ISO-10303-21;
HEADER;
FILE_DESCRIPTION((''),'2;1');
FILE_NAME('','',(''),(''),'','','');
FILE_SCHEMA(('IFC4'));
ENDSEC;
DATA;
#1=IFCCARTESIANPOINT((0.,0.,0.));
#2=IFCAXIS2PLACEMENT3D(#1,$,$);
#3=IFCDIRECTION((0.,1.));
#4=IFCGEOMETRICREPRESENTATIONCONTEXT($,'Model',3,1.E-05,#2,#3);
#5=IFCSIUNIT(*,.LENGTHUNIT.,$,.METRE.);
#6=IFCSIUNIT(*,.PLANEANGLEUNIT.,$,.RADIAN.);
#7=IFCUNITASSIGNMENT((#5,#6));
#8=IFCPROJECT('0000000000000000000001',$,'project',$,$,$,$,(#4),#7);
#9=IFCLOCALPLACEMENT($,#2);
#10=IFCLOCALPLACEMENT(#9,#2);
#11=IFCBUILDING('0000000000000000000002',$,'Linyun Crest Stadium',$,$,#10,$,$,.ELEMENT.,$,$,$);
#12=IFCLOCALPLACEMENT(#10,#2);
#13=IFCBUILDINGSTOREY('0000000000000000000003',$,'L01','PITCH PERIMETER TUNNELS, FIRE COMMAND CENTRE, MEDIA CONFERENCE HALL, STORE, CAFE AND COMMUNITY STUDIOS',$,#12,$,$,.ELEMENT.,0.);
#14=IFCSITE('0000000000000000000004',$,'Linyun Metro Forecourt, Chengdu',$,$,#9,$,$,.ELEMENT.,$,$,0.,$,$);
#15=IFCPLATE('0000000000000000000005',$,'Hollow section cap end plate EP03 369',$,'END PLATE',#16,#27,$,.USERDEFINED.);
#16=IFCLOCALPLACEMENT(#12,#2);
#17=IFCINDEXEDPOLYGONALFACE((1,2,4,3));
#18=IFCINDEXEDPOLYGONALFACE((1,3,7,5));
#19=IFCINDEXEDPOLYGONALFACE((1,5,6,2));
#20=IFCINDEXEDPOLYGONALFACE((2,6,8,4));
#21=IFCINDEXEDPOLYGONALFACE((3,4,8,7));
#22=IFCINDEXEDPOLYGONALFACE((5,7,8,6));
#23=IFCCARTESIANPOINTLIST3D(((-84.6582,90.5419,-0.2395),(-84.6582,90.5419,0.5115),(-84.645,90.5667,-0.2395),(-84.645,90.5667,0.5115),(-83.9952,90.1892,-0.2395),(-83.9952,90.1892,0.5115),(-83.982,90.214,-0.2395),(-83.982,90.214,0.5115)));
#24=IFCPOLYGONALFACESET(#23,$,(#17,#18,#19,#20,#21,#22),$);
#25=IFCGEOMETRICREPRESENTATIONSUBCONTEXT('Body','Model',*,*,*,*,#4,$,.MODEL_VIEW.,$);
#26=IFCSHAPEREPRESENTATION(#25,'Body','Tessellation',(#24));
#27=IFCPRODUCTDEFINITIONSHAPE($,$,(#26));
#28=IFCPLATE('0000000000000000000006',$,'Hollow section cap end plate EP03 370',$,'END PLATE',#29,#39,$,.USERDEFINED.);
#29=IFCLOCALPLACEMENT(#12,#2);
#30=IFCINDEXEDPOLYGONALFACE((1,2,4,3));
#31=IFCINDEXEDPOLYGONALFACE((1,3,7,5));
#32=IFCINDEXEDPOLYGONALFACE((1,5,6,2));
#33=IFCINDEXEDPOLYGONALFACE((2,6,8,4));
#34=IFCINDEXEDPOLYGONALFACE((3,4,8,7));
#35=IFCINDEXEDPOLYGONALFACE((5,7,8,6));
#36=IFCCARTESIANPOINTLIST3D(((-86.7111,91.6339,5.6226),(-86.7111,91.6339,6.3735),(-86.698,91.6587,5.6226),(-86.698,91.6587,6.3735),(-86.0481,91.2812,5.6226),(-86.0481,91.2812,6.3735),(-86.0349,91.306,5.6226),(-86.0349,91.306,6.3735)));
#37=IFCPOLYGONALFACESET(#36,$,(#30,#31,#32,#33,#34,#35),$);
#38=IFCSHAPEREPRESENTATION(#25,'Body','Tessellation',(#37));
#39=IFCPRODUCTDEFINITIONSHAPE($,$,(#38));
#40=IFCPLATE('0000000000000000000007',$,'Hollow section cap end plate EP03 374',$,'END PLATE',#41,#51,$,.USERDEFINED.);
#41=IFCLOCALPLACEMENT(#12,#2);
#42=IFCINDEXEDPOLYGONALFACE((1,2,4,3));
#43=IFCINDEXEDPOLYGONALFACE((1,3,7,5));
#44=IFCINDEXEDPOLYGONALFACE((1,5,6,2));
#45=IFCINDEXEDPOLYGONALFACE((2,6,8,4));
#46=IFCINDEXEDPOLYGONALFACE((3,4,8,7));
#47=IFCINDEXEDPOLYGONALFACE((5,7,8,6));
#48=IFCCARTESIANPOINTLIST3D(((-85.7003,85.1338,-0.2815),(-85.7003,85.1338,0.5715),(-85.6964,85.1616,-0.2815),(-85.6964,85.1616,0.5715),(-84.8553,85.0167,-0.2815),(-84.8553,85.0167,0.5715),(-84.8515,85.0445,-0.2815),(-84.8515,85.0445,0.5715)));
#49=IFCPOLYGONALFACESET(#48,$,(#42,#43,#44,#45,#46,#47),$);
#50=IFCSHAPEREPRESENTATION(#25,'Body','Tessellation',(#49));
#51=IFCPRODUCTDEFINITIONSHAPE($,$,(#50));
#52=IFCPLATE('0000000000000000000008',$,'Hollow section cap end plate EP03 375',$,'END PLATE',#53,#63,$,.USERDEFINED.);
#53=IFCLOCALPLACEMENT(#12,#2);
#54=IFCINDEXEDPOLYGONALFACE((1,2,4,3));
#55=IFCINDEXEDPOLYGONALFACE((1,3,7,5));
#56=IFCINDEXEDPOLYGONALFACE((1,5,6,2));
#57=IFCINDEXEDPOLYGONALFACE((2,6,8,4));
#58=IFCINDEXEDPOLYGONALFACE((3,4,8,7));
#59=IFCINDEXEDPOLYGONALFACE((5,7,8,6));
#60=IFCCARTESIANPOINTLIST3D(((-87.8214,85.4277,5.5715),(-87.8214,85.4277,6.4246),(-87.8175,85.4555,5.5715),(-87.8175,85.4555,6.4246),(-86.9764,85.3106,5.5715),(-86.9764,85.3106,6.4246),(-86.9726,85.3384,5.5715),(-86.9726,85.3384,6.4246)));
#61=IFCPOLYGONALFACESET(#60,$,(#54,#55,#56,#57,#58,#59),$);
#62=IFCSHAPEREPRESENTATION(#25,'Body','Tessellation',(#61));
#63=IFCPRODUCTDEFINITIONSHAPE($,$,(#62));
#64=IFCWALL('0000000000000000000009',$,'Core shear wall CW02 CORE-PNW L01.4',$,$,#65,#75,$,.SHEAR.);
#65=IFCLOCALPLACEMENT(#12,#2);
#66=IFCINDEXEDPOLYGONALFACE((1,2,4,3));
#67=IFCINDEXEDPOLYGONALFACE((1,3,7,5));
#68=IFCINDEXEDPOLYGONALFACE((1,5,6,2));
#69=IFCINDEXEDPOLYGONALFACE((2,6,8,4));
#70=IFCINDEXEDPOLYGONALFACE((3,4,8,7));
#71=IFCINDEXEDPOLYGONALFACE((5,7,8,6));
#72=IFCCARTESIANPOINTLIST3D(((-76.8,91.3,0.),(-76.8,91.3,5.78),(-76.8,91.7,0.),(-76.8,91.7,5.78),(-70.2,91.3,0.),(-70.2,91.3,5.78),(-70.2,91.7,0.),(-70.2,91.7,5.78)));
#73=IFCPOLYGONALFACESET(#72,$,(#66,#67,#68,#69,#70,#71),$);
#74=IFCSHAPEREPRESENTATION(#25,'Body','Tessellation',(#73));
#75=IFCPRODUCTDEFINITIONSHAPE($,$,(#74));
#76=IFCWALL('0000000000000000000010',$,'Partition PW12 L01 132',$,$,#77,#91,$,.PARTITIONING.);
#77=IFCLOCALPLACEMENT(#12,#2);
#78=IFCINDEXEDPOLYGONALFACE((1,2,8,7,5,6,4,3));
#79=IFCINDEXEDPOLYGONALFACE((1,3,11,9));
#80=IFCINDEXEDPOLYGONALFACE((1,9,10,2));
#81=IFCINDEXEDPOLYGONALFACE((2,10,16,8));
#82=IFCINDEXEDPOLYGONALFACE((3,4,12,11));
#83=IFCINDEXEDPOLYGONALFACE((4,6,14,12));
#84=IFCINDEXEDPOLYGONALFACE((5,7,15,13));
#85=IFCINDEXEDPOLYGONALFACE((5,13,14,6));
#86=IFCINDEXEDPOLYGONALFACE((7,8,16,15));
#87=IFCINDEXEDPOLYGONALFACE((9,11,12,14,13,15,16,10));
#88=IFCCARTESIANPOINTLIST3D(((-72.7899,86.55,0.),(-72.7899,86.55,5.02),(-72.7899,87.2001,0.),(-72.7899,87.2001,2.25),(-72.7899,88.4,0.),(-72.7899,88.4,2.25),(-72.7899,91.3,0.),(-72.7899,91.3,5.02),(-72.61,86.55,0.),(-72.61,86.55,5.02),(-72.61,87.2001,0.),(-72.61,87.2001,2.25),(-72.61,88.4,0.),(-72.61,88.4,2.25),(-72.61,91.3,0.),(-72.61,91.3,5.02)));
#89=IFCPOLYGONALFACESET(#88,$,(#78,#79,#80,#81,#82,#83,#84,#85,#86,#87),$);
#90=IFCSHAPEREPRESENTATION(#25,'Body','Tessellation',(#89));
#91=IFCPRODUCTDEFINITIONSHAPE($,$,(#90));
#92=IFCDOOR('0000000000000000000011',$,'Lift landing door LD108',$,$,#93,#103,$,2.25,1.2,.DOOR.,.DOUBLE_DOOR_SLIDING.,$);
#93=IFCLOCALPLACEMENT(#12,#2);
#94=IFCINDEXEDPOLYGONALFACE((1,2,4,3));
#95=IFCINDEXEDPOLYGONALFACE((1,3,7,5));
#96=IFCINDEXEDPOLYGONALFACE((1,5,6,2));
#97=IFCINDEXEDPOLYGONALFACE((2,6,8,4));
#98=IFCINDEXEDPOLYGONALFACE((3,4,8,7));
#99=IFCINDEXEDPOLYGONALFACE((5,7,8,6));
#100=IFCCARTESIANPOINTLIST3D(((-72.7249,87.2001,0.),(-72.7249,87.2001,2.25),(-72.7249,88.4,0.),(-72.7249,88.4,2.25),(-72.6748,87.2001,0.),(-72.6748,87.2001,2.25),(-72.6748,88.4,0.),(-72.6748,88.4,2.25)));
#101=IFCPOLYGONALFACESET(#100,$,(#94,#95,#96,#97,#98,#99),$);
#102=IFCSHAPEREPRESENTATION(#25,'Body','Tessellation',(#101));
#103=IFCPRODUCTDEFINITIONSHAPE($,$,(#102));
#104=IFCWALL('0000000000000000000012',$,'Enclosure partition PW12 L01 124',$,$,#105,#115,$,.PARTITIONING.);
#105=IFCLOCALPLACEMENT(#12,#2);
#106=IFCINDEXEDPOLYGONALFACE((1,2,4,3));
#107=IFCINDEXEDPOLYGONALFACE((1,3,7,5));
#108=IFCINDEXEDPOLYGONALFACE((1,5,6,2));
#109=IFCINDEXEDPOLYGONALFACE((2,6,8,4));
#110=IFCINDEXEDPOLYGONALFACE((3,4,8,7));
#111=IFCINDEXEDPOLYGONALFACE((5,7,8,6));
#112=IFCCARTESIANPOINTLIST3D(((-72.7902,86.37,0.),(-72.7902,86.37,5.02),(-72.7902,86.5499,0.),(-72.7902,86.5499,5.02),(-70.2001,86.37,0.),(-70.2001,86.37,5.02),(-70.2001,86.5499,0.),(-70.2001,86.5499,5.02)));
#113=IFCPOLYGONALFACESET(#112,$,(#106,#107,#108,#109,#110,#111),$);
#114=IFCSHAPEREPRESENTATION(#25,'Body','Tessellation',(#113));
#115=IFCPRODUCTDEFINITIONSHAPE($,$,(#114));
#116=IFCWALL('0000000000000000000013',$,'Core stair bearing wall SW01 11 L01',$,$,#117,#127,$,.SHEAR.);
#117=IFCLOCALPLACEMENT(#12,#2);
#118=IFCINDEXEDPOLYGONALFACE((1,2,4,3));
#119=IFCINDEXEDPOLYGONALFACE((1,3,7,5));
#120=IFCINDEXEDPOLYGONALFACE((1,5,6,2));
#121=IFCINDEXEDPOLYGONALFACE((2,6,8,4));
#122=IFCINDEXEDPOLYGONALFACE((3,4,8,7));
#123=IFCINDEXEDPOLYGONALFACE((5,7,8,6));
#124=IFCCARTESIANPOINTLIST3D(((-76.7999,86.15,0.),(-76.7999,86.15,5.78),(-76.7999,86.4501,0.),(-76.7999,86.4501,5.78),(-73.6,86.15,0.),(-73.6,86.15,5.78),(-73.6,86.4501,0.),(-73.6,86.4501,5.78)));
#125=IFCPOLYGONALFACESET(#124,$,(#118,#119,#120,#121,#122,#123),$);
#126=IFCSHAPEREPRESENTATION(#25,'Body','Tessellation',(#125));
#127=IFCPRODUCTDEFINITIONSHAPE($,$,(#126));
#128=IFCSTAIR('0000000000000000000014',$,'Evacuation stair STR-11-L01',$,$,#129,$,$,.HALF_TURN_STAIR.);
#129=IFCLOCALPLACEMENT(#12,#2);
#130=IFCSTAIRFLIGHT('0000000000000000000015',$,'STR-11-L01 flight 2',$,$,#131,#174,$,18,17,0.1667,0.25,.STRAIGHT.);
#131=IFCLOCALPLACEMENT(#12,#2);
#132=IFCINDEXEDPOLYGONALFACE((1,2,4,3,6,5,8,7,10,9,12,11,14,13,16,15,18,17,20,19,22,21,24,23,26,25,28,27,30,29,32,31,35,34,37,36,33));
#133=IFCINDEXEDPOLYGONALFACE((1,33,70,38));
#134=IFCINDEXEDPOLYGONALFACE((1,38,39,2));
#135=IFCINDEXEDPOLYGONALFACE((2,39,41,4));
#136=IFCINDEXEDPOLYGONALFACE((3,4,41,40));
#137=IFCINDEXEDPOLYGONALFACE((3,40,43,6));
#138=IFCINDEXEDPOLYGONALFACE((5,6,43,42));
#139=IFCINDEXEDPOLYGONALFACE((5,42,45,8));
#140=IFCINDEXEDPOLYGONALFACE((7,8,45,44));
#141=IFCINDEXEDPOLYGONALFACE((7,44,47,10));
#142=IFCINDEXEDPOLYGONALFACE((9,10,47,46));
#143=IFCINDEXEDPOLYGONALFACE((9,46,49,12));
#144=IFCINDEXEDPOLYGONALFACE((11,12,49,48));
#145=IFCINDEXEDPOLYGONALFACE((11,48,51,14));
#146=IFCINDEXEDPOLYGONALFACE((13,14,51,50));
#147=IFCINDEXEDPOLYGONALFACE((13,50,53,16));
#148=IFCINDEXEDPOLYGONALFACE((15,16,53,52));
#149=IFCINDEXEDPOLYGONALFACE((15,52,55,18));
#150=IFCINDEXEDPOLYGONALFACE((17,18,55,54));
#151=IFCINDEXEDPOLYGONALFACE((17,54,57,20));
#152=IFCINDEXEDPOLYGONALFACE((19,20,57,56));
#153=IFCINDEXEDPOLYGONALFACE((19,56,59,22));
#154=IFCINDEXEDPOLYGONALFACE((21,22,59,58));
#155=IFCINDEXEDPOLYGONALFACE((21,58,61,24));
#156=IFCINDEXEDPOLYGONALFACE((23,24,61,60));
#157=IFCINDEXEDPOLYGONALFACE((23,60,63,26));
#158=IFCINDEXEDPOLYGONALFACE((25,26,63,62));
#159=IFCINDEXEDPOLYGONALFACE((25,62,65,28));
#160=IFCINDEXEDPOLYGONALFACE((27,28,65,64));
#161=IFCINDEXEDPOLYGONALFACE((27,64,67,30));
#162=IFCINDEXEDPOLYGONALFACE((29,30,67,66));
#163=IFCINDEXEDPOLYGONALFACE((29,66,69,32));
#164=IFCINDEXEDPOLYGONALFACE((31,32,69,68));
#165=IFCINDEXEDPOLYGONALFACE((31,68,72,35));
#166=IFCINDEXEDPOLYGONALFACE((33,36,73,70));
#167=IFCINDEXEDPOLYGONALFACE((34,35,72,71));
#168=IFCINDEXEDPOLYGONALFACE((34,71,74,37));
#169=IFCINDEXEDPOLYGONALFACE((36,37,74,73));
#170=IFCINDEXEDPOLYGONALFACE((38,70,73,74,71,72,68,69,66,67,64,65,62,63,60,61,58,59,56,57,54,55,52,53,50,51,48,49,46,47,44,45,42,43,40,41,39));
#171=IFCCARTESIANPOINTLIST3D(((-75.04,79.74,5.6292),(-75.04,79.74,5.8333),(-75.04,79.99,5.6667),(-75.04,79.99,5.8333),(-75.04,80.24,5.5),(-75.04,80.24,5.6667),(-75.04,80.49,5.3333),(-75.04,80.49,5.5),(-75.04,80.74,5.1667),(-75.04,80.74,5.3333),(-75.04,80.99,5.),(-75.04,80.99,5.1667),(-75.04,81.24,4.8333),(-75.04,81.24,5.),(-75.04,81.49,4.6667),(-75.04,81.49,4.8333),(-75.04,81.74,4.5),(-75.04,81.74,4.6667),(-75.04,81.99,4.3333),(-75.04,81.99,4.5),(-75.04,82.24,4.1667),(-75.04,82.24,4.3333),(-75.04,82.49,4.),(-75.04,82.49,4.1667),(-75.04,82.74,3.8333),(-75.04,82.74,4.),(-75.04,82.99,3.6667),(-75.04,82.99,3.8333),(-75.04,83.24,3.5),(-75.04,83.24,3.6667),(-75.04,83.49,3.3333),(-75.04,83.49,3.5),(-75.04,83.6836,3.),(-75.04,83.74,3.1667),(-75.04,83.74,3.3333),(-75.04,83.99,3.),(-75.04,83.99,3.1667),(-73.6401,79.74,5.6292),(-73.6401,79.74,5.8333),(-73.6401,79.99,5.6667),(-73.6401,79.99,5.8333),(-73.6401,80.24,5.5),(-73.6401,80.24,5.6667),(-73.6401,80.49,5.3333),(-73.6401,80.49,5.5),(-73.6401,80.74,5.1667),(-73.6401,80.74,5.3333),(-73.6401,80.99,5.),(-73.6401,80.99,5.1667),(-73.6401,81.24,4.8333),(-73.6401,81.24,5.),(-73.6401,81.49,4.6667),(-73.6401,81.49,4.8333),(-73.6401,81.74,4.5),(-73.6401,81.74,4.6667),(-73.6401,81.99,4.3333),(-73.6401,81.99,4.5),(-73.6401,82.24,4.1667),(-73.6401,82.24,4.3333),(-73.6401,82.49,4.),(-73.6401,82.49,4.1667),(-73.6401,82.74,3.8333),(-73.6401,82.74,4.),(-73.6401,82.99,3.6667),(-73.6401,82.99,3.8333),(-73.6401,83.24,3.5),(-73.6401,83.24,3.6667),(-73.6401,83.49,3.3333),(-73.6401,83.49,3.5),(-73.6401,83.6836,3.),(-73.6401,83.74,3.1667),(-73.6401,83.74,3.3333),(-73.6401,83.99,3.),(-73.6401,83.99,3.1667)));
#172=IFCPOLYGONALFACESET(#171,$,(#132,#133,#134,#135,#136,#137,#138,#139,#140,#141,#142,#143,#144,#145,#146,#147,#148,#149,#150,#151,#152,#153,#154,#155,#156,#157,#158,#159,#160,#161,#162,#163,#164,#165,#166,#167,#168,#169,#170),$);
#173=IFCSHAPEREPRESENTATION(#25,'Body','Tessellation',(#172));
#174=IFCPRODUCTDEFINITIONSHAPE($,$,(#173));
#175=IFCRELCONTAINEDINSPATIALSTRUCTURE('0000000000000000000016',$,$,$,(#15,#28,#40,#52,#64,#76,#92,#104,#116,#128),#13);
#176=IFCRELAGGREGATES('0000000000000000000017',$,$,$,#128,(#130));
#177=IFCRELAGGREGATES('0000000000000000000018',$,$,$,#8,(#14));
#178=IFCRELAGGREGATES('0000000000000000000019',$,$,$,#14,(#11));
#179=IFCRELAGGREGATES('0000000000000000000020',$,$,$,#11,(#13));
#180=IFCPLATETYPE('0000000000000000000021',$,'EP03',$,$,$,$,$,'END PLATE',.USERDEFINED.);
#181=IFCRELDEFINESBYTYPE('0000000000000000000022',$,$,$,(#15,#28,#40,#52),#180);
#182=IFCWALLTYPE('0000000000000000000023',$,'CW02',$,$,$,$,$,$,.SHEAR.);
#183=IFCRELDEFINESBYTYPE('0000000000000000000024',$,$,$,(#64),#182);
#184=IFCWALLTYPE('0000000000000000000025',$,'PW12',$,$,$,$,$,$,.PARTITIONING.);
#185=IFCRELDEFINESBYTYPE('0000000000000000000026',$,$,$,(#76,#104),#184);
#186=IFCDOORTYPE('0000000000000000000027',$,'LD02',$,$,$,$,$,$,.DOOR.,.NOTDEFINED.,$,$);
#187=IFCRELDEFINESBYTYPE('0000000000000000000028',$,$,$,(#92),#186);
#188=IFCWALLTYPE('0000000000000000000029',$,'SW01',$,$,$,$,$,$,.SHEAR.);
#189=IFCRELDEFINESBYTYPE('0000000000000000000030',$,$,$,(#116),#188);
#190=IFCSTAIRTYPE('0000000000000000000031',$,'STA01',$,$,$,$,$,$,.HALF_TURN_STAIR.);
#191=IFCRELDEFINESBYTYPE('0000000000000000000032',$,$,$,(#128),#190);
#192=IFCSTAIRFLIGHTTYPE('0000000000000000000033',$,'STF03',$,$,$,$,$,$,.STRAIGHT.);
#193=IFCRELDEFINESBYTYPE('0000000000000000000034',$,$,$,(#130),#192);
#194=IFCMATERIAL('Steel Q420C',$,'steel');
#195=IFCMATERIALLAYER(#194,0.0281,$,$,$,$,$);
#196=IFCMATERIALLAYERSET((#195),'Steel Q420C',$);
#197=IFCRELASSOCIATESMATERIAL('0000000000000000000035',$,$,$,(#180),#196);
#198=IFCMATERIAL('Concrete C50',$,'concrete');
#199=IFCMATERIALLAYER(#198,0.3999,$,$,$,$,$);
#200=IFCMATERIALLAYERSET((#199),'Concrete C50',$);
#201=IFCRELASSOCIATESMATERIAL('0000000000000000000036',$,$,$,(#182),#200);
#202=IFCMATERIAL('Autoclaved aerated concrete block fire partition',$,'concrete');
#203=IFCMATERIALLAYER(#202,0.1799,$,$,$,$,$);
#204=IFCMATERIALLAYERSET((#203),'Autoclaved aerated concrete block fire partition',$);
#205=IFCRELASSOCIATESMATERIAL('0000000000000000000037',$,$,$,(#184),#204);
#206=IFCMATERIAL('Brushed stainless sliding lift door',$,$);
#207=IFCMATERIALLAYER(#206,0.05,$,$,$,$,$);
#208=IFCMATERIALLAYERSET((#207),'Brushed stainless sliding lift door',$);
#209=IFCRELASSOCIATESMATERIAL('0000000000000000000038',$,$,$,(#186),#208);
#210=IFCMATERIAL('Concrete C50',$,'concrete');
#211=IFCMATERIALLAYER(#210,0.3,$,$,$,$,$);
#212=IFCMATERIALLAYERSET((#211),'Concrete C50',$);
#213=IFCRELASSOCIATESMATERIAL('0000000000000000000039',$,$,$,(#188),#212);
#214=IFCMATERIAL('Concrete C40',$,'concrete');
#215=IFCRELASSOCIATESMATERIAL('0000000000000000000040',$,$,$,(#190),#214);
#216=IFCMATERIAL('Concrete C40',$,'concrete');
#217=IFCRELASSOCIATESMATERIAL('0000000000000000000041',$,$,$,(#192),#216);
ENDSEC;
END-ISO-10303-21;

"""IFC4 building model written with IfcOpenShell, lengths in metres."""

from ifc_helpers import new_model, si_unit, direction, frame, frame_2d, origin, origin_2d, place, context, subcontext, project, spatial, polyline, rectangle, outline, extrude, material, layer, layer_set, type_object, element, fill, aggregate, save


model = new_model("IFC4")

# Units and contexts
model_context = context("Model", 3, precision=1e-05, world=origin(), true_north=direction((0.0, 1.0)))
body_context = subcontext(model_context, "Body", "Model", "MODEL_VIEW")
ifc_project = project(units=[si_unit("LENGTHUNIT", "METRE"), si_unit("PLANEANGLEUNIT", "RADIAN")], contexts=[model_context])

# Site, building, storey
site_placement = place(None, origin())
site = spatial("IfcSite", under=ifc_project, at=site_placement, Name="Linyun Metro Forecourt, Chengdu", CompositionType="ELEMENT", RefElevation=0.0)
building_placement = place(site_placement, origin())
building = spatial("IfcBuilding", under=site, at=building_placement, Name="Linyun Crest Stadium", CompositionType="ELEMENT")
storey_placement = place(building_placement, origin())
storey = spatial("IfcBuildingStorey", under=building, at=storey_placement, Name="L01", Description="PITCH PERIMETER TUNNELS, FIRE COMMAND CENTRE, MEDIA CONFERENCE HALL, STORE, CAFE AND COMMUNITY STUDIOS", CompositionType="ELEMENT", Elevation=0.0)

# Plates
ifc_material_1 = material(Name="Steel Q420C", Category="steel")
ifc_layer_1 = layer(ifc_material_1, 0.0281)
ifc_layer_set_1 = layer_set([ifc_layer_1], Name="Steel Q420C")
plate_type = type_object("IfcPlateType", Name="EP03", ElementType="END PLATE", PredefinedType="USERDEFINED", material=ifc_layer_set_1)
for number, where, z_axis, x_axis, name in (
    (1, (-84.3201, 90.3779, -0.2395), (0.0, 0.0, 1.0), (-0.882866, 0.469626, 0.0), "Hollow section cap end plate EP03 369"),
    (2, (-86.373, 91.47, 5.6226), (0.0, 0.0, 1.0), (-0.882866, 0.469626, 0.0), "Hollow section cap end plate EP03 370"),
):
    element("IfcPlate", number, at=place(storey_placement, frame(where, z_axis=z_axis, x_axis=x_axis)), inside=storey, type_object=plate_type, Name=name, ObjectType="END PLATE", PredefinedType="USERDEFINED", context=body_context, shape_type="SweptSolid", body=[
        extrude(rectangle(XDim=0.751, YDim=0.0281, at=origin_2d()), origin(), (0.0, 0.0, 1.0), 0.751),
    ])
for number, where, z_axis, x_axis, name in (
    (3, (-85.2759, 85.0891, -0.2815), (0.0, 0.0, 1.0), (-0.990533, 0.137272, 0.0), "Hollow section cap end plate EP03 374"),
    (4, (-87.397, 85.3831, 5.5715), (0.0, 0.0, 1.0), (-0.990533, 0.137272, 0.0), "Hollow section cap end plate EP03 375"),
):
    element("IfcPlate", number, at=place(storey_placement, frame(where, z_axis=z_axis, x_axis=x_axis)), inside=storey, type_object=plate_type, Name=name, ObjectType="END PLATE", PredefinedType="USERDEFINED", context=body_context, shape_type="SweptSolid", body=[
        extrude(rectangle(XDim=0.853, YDim=0.0281, at=origin_2d()), origin(), (0.0, 0.0, 1.0), 0.853),
    ])

# Wall
ifc_material_2 = material(Name="Concrete C50", Category="concrete")
ifc_layer_2 = layer(ifc_material_2, 0.3999)
ifc_layer_set_2 = layer_set([ifc_layer_2], Name="Concrete C50")
wall_type_1 = type_object("IfcWallType", Name="CW02", PredefinedType="SHEAR", material=ifc_layer_set_2)
wall_1_placement = place(storey_placement, frame((-76.8, 91.5, 0.0), z_axis=(0.0, 0.0, 1.0), x_axis=(1.0, 0.0, 0.0)))
element("IfcWall", 5, at=wall_1_placement, inside=storey, type_object=wall_type_1, Name="Core shear wall CW02 CORE-PNW L01.4", PredefinedType="SHEAR", context=body_context, shape_type="SweptSolid", body=[
    extrude(rectangle(XDim=6.6001, YDim=0.3999, at=frame_2d((3.3, 0.0))), origin(), (0.0, 0.0, 1.0), 5.78),
])

# Wall, opening, door
ifc_material_3 = material(Name="Autoclaved aerated concrete block fire partition", Category="concrete")
ifc_layer_3 = layer(ifc_material_3, 0.1799)
ifc_layer_set_3 = layer_set([ifc_layer_3], Name="Autoclaved aerated concrete block fire partition")
wall_type_2 = type_object("IfcWallType", Name="PW12", PredefinedType="PARTITIONING", material=ifc_layer_set_3)
wall_2_placement = place(storey_placement, frame((-72.7, 86.55, 0.0), z_axis=(0.0, 0.0, 1.0), x_axis=(0.0, 1.0, 0.0)))
wall_2 = element("IfcWall", 6, at=wall_2_placement, inside=storey, type_object=wall_type_2, Name="Partition PW12 L01 132", PredefinedType="PARTITIONING", context=body_context, shape_type="SweptSolid", body=[
    extrude(rectangle(XDim=4.75, YDim=0.1799, at=frame_2d((2.375, 0.0))), origin(), (0.0, 0.0, 1.0), 5.02),
])
opening_placement = place(wall_2_placement, frame((0.6499, 0.0, 0.0)))
opening = element("IfcOpeningElement", 7, at=opening_placement, cuts=wall_2, PredefinedType="OPENING", context=body_context, shape_type="SweptSolid", body=[
    extrude(rectangle(XDim=1.2, YDim=2.25, at=frame_2d((0.6001, 1.125))), frame((0.0, 0.0999, 0.0), z_axis=(0.0, -1.0, 0.0), x_axis=(1.0, 0.0, 0.0)), (0.0, 0.0, 1.0), 0.2),
])
ifc_material_4 = material(Name="Brushed stainless sliding lift door")
ifc_layer_4 = layer(ifc_material_4, 0.05)
ifc_layer_set_4 = layer_set([ifc_layer_4], Name="Brushed stainless sliding lift door")
door_type = type_object("IfcDoorType", Name="LD02", OperationType="NOTDEFINED", PredefinedType="DOOR", material=ifc_layer_set_4)
door_placement = place(opening_placement, origin())
door = element("IfcDoor", 8, at=door_placement, inside=storey, type_object=door_type, Name="Lift landing door LD108", OperationType="DOUBLE_DOOR_SLIDING", OverallHeight=2.25, OverallWidth=1.2, PredefinedType="DOOR", context=body_context, shape_type="SweptSolid", body=[
    extrude(rectangle(XDim=1.2, YDim=2.25, at=frame_2d((0.6001, 1.125))), frame((0.0, 0.0249, 0.0), z_axis=(0.0, -1.0, 0.0), x_axis=(1.0, 0.0, 0.0)), (0.0, 0.0, 1.0), 0.05),
])
fill(opening, door)

# Walls
wall_3_placement = place(storey_placement, frame((-72.79, 86.46, 0.0), z_axis=(0.0, 0.0, 1.0), x_axis=(1.0, 0.0, 0.0)))
element("IfcWall", 9, at=wall_3_placement, inside=storey, type_object=wall_type_2, Name="Enclosure partition PW12 L01 124", PredefinedType="PARTITIONING", context=body_context, shape_type="SweptSolid", body=[
    extrude(rectangle(XDim=2.5901, YDim=0.1799, at=frame_2d((1.2949, 0.0))), origin(), (0.0, 0.0, 1.0), 5.02),
])
ifc_material_5 = material(Name="Concrete C50", Category="concrete")
ifc_layer_5 = layer(ifc_material_5, 0.3)
ifc_layer_set_5 = layer_set([ifc_layer_5], Name="Concrete C50")
wall_type_3 = type_object("IfcWallType", Name="SW01", PredefinedType="SHEAR", material=ifc_layer_set_5)
wall_4_placement = place(storey_placement, frame((-76.8, 86.3, 0.0), z_axis=(0.0, 0.0, 1.0), x_axis=(1.0, 0.0, 0.0)))
element("IfcWall", 10, at=wall_4_placement, inside=storey, type_object=wall_type_3, Name="Core stair bearing wall SW01 11 L01", PredefinedType="SHEAR", context=body_context, shape_type="SweptSolid", body=[
    extrude(rectangle(XDim=3.2, YDim=0.3, at=frame_2d((1.6001, 0.0))), origin(), (0.0, 0.0, 1.0), 5.78),
])

# Stair, stair flight
ifc_material_6 = material(Name="Concrete C40", Category="concrete")
stair_type = type_object("IfcStairType", Name="STA01", PredefinedType="HALF_TURN_STAIR", material=ifc_material_6)
stair_placement = place(storey_placement, origin())
stair = element("IfcStair", 11, at=stair_placement, inside=storey, type_object=stair_type, Name="Evacuation stair STR-11-L01", PredefinedType="HALF_TURN_STAIR")
ifc_material_7 = material(Name="Concrete C40", Category="concrete")
stair_flight_type = type_object("IfcStairFlightType", Name="STF03", PredefinedType="STRAIGHT", material=ifc_material_7)
stair_flight_placement = place(storey_placement, frame((-74.3401, 83.99, 3.0), z_axis=(0.0, 0.0, 1.0), x_axis=(0.0, -1.0, 0.0)))
stair_flight = element("IfcStairFlight", 12, at=stair_flight_placement, type_object=stair_flight_type, Name="STR-11-L01 flight 2", NumberOfRisers=18, NumberOfTreads=17, PredefinedType="STRAIGHT", RiserHeight=0.1667, TreadLength=0.25, context=body_context, shape_type="SweptSolid", body=[
    extrude(outline(polyline([(0.0, 0.0), (0.0, 0.1667), (0.25, 0.1667), (0.25, 0.3333), (0.5, 0.3333), (0.5, 0.5), (0.75, 0.5), (0.75, 0.6667), (1.0, 0.6667), (1.0, 0.8333), (1.25, 0.8333), (1.25, 1.0), (1.5, 1.0), (1.5, 1.1667), (1.75, 1.1667), (1.75, 1.3333), (2.0, 1.3333), (2.0, 1.5), (2.25, 1.5), (2.25, 1.6667), (2.5, 1.6667), (2.5, 1.8333), (2.75, 1.8333), (2.75, 2.0), (3.0, 2.0), (3.0, 2.1667), (3.25, 2.1667), (3.25, 2.3333), (3.5, 2.3333), (3.5, 2.5), (3.75, 2.5), (3.75, 2.6667), (4.0, 2.6667), (4.0, 2.8333), (4.25, 2.8333), (4.25, 3.0), (4.25, 2.6292), (0.3064, 0.0), (0.0, 0.0)])), frame((0.0, 0.7, 0.0), z_axis=(0.0, -1.0, 0.0), x_axis=(1.0, 0.0, 0.0)), (0.0, 0.0, 1.0), 1.3999),
])
aggregate(stair, [stair_flight])

save(model, "model.ifc")
